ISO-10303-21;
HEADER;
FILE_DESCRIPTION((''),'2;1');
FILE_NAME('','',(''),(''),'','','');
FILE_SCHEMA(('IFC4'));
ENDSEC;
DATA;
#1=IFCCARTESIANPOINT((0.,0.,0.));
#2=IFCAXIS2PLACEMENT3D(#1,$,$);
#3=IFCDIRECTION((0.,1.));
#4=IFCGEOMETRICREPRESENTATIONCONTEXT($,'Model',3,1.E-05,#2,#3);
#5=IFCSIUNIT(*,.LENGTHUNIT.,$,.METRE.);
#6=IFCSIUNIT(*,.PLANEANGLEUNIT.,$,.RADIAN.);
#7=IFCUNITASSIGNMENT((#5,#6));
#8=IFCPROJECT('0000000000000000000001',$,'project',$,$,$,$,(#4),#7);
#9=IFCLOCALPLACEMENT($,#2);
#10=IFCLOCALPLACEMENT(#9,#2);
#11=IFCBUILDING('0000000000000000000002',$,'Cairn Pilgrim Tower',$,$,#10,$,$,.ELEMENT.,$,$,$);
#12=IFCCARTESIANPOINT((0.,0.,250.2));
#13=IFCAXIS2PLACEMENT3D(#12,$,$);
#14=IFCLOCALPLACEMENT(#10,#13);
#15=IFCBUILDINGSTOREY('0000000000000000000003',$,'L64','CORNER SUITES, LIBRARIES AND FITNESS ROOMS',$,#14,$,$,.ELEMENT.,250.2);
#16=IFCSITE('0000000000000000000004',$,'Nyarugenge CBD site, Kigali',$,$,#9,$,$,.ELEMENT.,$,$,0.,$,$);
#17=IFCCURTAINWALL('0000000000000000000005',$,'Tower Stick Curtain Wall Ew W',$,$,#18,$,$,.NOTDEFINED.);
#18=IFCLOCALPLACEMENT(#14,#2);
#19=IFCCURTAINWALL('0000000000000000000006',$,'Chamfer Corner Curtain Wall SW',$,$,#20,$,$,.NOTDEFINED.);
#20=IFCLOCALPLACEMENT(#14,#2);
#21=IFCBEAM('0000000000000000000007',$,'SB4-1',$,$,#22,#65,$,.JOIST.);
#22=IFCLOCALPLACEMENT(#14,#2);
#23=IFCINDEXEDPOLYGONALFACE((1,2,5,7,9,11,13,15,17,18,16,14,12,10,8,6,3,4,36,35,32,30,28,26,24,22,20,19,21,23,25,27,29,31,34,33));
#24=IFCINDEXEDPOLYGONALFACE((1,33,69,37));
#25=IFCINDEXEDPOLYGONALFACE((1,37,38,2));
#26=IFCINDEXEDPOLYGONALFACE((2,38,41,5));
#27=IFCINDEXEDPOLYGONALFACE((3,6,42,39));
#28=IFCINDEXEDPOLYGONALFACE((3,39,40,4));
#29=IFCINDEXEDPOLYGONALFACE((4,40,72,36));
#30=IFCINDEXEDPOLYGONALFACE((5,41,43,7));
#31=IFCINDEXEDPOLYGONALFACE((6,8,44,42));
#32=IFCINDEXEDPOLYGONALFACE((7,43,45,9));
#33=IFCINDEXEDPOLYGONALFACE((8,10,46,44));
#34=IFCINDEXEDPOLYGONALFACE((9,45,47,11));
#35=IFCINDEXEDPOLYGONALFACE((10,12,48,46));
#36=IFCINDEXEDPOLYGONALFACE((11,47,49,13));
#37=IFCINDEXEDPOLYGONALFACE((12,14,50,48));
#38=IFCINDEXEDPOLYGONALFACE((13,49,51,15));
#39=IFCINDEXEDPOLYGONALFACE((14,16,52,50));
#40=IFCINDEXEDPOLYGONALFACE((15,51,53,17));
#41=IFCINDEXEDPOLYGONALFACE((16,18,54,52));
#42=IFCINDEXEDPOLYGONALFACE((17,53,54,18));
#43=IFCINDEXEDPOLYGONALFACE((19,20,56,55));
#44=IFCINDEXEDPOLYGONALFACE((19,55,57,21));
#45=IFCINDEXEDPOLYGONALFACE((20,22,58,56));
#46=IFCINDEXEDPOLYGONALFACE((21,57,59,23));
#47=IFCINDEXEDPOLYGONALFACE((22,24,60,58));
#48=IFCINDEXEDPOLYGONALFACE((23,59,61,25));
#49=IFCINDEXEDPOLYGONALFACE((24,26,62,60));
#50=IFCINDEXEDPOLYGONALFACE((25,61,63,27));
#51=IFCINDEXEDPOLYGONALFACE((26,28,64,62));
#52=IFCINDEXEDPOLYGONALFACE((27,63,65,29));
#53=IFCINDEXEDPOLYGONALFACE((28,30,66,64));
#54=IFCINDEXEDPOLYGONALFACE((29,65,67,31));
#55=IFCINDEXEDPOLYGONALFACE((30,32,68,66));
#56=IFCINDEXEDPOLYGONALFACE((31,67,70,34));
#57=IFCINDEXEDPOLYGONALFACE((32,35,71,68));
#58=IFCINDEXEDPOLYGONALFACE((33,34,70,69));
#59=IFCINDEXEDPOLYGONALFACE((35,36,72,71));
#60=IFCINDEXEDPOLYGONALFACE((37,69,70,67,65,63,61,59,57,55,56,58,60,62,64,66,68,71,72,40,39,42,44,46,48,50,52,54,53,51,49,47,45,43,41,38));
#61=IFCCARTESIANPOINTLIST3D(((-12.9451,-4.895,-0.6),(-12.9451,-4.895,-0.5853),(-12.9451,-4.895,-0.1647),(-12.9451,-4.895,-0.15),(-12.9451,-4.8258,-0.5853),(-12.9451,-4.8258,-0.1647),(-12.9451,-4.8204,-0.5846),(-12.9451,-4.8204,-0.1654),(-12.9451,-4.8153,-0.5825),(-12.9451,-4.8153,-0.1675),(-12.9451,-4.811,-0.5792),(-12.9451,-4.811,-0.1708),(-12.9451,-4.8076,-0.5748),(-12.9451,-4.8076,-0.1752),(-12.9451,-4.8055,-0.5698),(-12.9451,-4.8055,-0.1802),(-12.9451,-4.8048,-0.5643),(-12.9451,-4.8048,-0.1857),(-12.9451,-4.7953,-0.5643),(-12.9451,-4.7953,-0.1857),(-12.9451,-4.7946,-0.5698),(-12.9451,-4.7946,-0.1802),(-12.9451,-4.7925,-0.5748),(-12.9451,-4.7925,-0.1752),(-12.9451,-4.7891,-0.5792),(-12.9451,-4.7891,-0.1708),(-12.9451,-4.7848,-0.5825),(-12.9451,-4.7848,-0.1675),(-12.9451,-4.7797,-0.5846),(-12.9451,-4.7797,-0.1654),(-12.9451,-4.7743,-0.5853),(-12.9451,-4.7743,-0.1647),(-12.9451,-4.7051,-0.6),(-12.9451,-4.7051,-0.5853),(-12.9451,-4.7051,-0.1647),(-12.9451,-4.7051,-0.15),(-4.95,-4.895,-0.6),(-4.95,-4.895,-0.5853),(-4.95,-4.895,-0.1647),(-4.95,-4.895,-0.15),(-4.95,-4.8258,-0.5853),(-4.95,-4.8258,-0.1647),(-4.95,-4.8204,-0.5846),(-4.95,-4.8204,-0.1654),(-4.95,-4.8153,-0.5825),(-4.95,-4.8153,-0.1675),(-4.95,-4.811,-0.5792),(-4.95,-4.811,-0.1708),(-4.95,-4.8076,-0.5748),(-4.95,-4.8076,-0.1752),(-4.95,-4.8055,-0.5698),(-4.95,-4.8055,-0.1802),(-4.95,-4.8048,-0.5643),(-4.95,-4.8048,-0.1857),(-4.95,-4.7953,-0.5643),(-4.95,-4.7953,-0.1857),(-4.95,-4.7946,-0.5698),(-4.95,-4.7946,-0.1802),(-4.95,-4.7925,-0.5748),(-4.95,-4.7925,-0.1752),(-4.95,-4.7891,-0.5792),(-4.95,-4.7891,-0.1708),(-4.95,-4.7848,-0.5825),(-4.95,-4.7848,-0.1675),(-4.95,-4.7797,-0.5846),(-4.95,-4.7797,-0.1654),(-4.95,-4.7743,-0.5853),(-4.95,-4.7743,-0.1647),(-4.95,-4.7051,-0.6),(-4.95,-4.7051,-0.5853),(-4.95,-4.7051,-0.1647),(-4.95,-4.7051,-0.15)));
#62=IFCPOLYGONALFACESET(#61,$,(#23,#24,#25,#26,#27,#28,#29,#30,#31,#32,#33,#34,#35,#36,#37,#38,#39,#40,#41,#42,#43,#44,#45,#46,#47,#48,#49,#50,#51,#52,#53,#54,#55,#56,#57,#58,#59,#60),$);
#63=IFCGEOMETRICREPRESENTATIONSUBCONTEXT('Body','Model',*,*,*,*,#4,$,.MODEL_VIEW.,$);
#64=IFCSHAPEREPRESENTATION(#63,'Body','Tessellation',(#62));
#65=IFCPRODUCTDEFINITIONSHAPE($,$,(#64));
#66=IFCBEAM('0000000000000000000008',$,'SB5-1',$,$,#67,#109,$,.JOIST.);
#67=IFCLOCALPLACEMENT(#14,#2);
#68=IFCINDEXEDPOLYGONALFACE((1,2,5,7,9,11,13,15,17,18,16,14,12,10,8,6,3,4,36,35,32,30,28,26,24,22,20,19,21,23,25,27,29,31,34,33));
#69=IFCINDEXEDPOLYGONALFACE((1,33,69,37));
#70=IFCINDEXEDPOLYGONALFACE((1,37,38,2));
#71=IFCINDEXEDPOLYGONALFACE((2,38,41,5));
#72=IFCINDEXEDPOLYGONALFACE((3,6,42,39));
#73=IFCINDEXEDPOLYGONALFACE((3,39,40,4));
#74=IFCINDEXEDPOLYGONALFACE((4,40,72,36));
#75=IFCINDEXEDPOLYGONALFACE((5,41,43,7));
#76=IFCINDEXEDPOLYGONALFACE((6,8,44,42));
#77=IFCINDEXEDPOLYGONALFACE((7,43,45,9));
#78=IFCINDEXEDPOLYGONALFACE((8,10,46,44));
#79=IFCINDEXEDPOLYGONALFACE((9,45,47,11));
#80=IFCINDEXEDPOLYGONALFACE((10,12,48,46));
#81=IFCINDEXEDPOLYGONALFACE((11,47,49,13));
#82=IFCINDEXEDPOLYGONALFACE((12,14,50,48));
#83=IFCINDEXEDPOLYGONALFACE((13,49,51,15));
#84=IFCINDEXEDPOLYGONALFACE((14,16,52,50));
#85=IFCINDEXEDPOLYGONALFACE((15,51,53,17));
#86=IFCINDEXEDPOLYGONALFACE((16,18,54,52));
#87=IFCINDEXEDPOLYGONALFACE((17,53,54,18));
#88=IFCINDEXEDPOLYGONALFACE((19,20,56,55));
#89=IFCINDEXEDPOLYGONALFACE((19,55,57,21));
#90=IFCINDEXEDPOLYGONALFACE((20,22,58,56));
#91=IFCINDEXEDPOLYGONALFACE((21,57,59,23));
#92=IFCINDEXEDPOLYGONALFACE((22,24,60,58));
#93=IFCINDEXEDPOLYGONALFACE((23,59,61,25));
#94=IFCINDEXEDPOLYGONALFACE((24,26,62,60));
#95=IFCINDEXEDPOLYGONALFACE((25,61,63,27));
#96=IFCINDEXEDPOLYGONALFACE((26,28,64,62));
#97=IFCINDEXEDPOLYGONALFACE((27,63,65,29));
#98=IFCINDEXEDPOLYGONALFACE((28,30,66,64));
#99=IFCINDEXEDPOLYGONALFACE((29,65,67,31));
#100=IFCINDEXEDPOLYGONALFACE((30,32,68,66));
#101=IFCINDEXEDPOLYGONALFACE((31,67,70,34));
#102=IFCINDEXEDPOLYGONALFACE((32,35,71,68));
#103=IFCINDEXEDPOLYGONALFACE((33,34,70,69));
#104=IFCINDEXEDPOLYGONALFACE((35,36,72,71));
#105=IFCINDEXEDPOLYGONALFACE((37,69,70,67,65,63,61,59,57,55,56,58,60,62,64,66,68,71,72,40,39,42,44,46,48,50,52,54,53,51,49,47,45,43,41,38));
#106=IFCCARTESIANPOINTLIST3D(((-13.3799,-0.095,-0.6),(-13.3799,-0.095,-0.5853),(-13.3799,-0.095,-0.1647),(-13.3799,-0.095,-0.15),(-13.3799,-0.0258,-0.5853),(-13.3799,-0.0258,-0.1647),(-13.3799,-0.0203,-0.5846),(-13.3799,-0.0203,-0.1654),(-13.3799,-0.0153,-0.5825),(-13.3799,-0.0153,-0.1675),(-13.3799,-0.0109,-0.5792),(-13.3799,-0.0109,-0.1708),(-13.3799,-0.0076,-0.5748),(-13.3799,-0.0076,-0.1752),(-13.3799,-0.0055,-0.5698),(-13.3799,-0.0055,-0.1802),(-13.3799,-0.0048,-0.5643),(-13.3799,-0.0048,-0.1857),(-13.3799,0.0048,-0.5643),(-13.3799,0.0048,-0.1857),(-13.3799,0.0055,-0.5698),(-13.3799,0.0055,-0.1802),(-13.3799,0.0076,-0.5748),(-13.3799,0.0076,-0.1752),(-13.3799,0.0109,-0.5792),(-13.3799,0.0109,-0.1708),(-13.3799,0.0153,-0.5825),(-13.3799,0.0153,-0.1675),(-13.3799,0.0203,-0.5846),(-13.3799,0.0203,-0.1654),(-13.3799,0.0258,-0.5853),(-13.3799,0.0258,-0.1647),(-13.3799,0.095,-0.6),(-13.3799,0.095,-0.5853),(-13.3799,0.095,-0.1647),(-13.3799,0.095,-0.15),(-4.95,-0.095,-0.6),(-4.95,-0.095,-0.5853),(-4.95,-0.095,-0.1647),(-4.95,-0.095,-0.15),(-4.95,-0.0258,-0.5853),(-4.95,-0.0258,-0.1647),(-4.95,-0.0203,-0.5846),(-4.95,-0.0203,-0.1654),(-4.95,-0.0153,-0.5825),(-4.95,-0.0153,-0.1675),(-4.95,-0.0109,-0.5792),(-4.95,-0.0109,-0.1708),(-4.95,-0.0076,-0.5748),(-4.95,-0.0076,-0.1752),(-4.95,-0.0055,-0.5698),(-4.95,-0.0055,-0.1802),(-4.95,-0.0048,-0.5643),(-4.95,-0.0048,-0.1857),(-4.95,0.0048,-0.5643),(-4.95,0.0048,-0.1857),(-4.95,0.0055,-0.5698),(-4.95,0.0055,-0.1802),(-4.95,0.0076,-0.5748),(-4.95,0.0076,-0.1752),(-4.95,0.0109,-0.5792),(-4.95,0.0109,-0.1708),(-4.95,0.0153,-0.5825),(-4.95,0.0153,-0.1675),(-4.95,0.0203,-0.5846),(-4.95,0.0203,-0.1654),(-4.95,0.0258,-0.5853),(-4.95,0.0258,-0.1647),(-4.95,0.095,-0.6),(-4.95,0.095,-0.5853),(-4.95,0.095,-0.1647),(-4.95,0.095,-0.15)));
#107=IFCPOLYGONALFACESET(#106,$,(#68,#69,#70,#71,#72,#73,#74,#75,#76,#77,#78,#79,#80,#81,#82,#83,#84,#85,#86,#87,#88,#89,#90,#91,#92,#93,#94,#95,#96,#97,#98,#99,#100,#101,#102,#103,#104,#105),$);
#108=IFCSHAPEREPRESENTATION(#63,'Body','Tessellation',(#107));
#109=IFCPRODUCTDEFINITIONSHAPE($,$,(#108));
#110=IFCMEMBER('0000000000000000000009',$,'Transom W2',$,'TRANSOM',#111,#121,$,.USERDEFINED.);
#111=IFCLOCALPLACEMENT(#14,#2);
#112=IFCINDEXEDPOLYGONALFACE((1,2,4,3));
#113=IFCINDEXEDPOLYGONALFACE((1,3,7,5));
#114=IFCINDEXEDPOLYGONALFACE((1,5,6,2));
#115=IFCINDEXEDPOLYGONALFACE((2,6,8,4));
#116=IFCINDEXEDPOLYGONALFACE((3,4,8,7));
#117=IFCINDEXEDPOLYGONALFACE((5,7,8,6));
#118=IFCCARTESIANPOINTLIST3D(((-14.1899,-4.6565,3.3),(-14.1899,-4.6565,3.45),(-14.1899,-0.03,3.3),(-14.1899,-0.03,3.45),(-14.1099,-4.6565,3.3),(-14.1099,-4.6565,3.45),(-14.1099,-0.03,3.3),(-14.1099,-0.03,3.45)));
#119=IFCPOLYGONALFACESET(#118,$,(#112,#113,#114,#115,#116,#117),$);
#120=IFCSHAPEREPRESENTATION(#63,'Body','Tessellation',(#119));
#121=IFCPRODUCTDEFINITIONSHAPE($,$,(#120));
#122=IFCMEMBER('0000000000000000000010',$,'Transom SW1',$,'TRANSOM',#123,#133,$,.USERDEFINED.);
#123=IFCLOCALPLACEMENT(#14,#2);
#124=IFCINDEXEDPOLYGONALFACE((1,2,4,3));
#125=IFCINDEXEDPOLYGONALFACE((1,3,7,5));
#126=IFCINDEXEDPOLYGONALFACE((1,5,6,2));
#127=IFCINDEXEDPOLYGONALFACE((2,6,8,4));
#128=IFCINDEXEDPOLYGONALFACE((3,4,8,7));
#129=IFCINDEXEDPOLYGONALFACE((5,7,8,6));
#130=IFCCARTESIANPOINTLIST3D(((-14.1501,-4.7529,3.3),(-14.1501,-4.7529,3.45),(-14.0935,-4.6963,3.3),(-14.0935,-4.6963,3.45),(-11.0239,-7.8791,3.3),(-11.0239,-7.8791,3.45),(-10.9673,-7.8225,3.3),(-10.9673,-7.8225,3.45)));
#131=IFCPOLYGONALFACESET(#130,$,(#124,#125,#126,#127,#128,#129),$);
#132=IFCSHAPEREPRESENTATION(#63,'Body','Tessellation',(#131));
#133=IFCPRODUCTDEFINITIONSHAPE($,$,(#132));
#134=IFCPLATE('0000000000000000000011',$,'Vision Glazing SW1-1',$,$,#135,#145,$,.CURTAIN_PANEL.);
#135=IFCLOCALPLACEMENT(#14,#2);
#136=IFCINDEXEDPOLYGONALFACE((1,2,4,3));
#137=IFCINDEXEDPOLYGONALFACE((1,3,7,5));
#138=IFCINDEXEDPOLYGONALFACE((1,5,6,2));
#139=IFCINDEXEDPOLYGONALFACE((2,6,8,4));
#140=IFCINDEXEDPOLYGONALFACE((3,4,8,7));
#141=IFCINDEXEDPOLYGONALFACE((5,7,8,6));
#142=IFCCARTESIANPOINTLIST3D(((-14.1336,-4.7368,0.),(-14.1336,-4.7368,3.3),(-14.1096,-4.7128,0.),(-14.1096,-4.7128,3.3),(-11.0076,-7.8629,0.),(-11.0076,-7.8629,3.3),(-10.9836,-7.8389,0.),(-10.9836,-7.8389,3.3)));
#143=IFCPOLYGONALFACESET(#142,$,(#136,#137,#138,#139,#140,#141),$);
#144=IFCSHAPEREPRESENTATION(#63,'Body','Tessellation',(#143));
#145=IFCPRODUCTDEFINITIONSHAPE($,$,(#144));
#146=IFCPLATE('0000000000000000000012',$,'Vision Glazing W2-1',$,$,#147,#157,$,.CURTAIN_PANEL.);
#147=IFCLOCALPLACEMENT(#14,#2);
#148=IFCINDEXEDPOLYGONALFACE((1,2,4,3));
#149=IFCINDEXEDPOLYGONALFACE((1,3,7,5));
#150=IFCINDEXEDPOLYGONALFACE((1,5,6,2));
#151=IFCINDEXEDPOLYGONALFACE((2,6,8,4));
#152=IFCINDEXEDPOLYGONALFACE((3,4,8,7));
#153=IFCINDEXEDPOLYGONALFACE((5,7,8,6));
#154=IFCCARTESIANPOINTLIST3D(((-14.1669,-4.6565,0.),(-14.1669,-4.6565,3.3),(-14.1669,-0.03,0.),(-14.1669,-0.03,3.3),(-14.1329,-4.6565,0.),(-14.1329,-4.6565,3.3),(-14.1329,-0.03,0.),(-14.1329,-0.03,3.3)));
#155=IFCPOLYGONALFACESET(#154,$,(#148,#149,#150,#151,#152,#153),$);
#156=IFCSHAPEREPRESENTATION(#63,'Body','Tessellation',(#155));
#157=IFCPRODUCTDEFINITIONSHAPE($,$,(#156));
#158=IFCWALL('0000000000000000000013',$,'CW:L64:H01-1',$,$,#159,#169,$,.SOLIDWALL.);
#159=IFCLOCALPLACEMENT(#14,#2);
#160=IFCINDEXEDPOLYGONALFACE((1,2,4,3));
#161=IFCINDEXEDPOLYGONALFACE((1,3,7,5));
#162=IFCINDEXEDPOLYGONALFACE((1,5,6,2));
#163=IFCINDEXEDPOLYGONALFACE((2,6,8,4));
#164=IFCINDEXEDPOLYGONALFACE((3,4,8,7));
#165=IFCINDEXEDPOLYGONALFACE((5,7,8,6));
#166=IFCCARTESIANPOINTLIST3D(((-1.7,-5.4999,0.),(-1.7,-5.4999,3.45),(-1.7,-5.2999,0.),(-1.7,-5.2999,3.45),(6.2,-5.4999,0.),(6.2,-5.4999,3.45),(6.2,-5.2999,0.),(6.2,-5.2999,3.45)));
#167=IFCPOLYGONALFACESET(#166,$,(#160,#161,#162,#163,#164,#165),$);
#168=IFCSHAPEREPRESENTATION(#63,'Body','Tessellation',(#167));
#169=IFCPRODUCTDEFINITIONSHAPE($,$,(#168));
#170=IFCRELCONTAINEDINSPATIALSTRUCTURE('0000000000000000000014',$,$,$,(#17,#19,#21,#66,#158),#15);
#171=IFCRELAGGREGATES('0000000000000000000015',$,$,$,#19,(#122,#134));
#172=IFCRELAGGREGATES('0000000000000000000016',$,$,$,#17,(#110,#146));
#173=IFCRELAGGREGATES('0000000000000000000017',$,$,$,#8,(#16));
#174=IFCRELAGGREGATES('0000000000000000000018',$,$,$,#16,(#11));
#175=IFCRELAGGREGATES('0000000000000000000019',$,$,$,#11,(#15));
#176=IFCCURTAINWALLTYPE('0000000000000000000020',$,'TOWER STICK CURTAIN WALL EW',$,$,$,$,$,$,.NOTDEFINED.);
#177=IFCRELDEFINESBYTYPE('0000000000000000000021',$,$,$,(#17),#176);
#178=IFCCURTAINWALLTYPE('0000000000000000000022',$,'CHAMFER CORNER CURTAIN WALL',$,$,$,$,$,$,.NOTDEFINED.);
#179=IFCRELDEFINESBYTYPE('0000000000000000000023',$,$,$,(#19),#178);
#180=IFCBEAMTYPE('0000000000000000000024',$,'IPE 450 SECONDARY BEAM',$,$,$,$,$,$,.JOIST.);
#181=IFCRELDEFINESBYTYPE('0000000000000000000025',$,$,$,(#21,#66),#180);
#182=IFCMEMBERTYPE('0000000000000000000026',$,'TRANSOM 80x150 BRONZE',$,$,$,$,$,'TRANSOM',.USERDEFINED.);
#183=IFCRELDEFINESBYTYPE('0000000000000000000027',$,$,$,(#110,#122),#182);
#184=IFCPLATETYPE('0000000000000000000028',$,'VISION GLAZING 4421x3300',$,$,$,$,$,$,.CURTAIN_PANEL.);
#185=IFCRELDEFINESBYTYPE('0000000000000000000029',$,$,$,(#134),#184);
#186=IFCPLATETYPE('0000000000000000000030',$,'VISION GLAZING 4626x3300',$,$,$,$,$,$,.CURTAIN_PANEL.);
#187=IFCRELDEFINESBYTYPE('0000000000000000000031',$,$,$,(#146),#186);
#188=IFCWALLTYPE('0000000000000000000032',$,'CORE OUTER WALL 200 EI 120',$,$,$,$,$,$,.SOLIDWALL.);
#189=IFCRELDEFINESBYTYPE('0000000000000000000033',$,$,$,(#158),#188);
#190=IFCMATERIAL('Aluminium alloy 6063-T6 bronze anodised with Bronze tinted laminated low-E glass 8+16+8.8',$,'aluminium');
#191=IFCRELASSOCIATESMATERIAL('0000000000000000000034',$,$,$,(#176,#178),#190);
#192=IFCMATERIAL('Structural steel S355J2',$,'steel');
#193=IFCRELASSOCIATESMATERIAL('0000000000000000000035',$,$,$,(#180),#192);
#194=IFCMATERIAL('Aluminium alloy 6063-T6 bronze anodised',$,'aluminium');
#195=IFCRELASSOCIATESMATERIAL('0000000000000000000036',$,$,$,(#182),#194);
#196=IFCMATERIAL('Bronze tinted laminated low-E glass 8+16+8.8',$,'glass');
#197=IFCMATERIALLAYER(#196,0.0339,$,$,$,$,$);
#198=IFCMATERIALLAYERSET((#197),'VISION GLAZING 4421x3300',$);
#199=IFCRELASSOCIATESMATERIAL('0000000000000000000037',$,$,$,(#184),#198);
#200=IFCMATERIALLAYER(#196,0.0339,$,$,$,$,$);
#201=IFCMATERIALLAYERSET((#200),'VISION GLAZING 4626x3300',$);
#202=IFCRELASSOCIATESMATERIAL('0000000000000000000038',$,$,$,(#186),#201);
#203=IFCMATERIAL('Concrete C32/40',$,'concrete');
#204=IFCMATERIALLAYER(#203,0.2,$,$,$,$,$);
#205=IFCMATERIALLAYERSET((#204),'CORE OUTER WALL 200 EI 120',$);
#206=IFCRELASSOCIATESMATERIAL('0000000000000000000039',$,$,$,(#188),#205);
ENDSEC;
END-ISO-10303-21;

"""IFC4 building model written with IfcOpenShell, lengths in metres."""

from ifc_helpers import new_model, si_unit, direction, frame, frame_2d, origin, origin_2d, place, context, subcontext, project, spatial, rectangle, i_section, extrude, material, layer, layer_set, material_profile, profile_set, type_object, element, aggregate, save


model = new_model("IFC4")

# Units and contexts
model_context = context("Model", 3, precision=1e-05, world=origin(), true_north=direction((0.0, 1.0)))
body_context = subcontext(model_context, "Body", "Model", "MODEL_VIEW")
ifc_project = project(units=[si_unit("LENGTHUNIT", "METRE"), si_unit("PLANEANGLEUNIT", "RADIAN")], contexts=[model_context])

# Site, building, storey
site_placement = place(None, origin())
site = spatial("IfcSite", under=ifc_project, at=site_placement, Name="Nyarugenge CBD site, Kigali", CompositionType="ELEMENT", RefElevation=0.0)
building_placement = place(site_placement, origin())
building = spatial("IfcBuilding", under=site, at=building_placement, Name="Cairn Pilgrim Tower", CompositionType="ELEMENT")
storey_placement = place(building_placement, frame((0.0, 0.0, 250.2)))
storey = spatial("IfcBuildingStorey", under=building, at=storey_placement, Name="L64", Description="CORNER SUITES, LIBRARIES AND FITNESS ROOMS", CompositionType="ELEMENT", Elevation=250.2)

# Shared definitions
ifc_material_1 = material(Name="Structural steel S355J2", Category="steel")

# Curtain wall
ifc_material_2 = material(Name="Aluminium alloy 6063-T6 bronze anodised with Bronze tinted laminated low-E glass 8+16+8.8", Category="aluminium")
curtain_wall_type_1 = type_object("IfcCurtainWallType", Name="TOWER STICK CURTAIN WALL EW", PredefinedType="NOTDEFINED", material=ifc_material_2)
curtain_wall_1_placement = place(storey_placement, origin())
curtain_wall_1 = element("IfcCurtainWall", 1, at=curtain_wall_1_placement, inside=storey, type_object=curtain_wall_type_1, Name="Tower Stick Curtain Wall Ew W", PredefinedType="NOTDEFINED")
ifc_material_3 = material(Name="Aluminium alloy 6063-T6 bronze anodised", Category="aluminium")

# Curtain wall
curtain_wall_type_2 = type_object("IfcCurtainWallType", Name="CHAMFER CORNER CURTAIN WALL", PredefinedType="NOTDEFINED", material=ifc_material_2)
curtain_wall_2_placement = place(storey_placement, origin())
curtain_wall_2 = element("IfcCurtainWall", 2, at=curtain_wall_2_placement, inside=storey, type_object=curtain_wall_type_2, Name="Chamfer Corner Curtain Wall SW", PredefinedType="NOTDEFINED")

# Beams
ifc_material_profile_1 = material_profile(ifc_material_1, i_section(OverallWidth=0.1899, OverallDepth=0.45, WebThickness=0.0095, FlangeThickness=0.0146, FilletRadius=0.021, at=origin_2d()), Name="IPE 450")
ifc_profile_set_1 = profile_set([ifc_material_profile_1], Name="Structural steel S355J2")
beam_type_1 = type_object("IfcBeamType", Name="IPE 450 SECONDARY BEAM", PredefinedType="JOIST", material=ifc_profile_set_1)
beam_1_placement = place(storey_placement, frame((-12.9451, -4.8, -0.375), z_axis=(1.0, 0.0, 0.0), x_axis=(0.0, 1.0, 0.0)))
element("IfcBeam", 3, at=beam_1_placement, inside=storey, type_object=beam_type_1, Name="SB4-1", PredefinedType="JOIST", context=body_context, shape_type="SweptSolid", body=[
    extrude(i_section(OverallWidth=0.1899, OverallDepth=0.45, WebThickness=0.0095, FlangeThickness=0.0146, FilletRadius=0.021, at=origin_2d()), origin(), (0.0, 0.0, 1.0), 7.9951),
])
beam_2_placement = place(storey_placement, frame((-13.3799, 0.0, -0.375), z_axis=(1.0, 0.0, 0.0), x_axis=(0.0, 1.0, 0.0)))
element("IfcBeam", 4, at=beam_2_placement, inside=storey, type_object=beam_type_1, Name="SB5-1", PredefinedType="JOIST", context=body_context, shape_type="SweptSolid", body=[
    extrude(i_section(OverallWidth=0.1899, OverallDepth=0.45, WebThickness=0.0095, FlangeThickness=0.0146, FilletRadius=0.021, at=origin_2d()), origin(), (0.0, 0.0, 1.0), 8.4299),
])

# Members
ifc_material_profile_2 = material_profile(ifc_material_3, rectangle(XDim=0.0801, YDim=0.1499, at=origin_2d()), Name="TRANSOM 80x150 BRONZE")
ifc_profile_set_2 = profile_set([ifc_material_profile_2], Name="Aluminium alloy 6063-T6 bronze anodised")
member_type_1 = type_object("IfcMemberType", Name="TRANSOM 80x150 BRONZE", ElementType="TRANSOM", PredefinedType="USERDEFINED", material=ifc_profile_set_2)
member_1_placement = place(storey_placement, frame((-14.1499, -0.03, 3.375), z_axis=(0.0, -1.0, 0.0), x_axis=(1.0, 0.0, 0.0)))
member_1 = element("IfcMember", 5, at=member_1_placement, type_object=member_type_1, Name="Transom W2", ObjectType="TRANSOM", PredefinedType="USERDEFINED", context=body_context, shape_type="SweptSolid", body=[
    extrude(rectangle(XDim=0.0801, YDim=0.1499, at=origin_2d()), origin(), (0.0, 0.0, 1.0), 4.6265),
])
member_2_placement = place(storey_placement, frame((-14.1218, -4.7246, 3.375), z_axis=(0.707107, -0.707107, 0.0), x_axis=(0.707107, 0.707107, 0.0)))
member_2 = element("IfcMember", 6, at=member_2_placement, type_object=member_type_1, Name="Transom SW1", ObjectType="TRANSOM", PredefinedType="USERDEFINED", context=body_context, shape_type="SweptSolid", body=[
    extrude(rectangle(XDim=0.0801, YDim=0.1499, at=origin_2d()), origin(), (0.0, 0.0, 1.0), 4.4211),
])

# Plates
ifc_material_4 = material(Name="Bronze tinted laminated low-E glass 8+16+8.8", Category="glass")
ifc_layer_1 = layer(ifc_material_4, 0.0339)
ifc_layer_set_1 = layer_set([ifc_layer_1], Name="VISION GLAZING 4421x3300")
plate_type_1 = type_object("IfcPlateType", Name="VISION GLAZING 4421x3300", PredefinedType="CURTAIN_PANEL", material=ifc_layer_set_1)
plate_1_placement = place(storey_placement, frame((-12.5586, -6.2878, 0.0), z_axis=(0.0, 0.0, 1.0), x_axis=(0.707107, -0.707107, 0.0)))
plate_1 = element("IfcPlate", 7, at=plate_1_placement, type_object=plate_type_1, Name="Vision Glazing SW1-1", PredefinedType="CURTAIN_PANEL", context=body_context, shape_type="SweptSolid", body=[
    extrude(rectangle(XDim=4.4209, YDim=0.0339, at=origin_2d()), origin(), (0.0, 0.0, 1.0), 3.3),
])
aggregate(curtain_wall_2, [member_2, plate_1])
ifc_layer_2 = layer(ifc_material_4, 0.0339)
ifc_layer_set_2 = layer_set([ifc_layer_2], Name="VISION GLAZING 4626x3300")
plate_type_2 = type_object("IfcPlateType", Name="VISION GLAZING 4626x3300", PredefinedType="CURTAIN_PANEL", material=ifc_layer_set_2)
plate_2_placement = place(storey_placement, frame((-14.1499, -2.3433, 0.0), z_axis=(0.0, 0.0, 1.0), x_axis=(0.0, -1.0, 0.0)))
plate_2 = element("IfcPlate", 8, at=plate_2_placement, type_object=plate_type_2, Name="Vision Glazing W2-1", PredefinedType="CURTAIN_PANEL", context=body_context, shape_type="SweptSolid", body=[
    extrude(rectangle(XDim=4.6265, YDim=0.0339, at=origin_2d()), origin(), (0.0, 0.0, 1.0), 3.3),
])
aggregate(curtain_wall_1, [member_1, plate_2])

# Wall
ifc_material_5 = material(Name="Concrete C32/40", Category="concrete")
ifc_layer_3 = layer(ifc_material_5, 0.2)
ifc_layer_set_3 = layer_set([ifc_layer_3], Name="CORE OUTER WALL 200 EI 120")
wall_type_1 = type_object("IfcWallType", Name="CORE OUTER WALL 200 EI 120", PredefinedType="SOLIDWALL", material=ifc_layer_set_3)
wall_1_placement = place(storey_placement, frame((-1.7, -5.3999, 0.0), z_axis=(0.0, 0.0, 1.0), x_axis=(1.0, 0.0, 0.0)))
element("IfcWall", 9, at=wall_1_placement, inside=storey, type_object=wall_type_1, Name="CW:L64:H01-1", PredefinedType="SOLIDWALL", context=body_context, shape_type="SweptSolid", body=[
    extrude(rectangle(XDim=7.8999, YDim=0.2, at=frame_2d((3.95, 0.0))), origin(), (0.0, 0.0, 1.0), 3.45),
])

save(model, "model.ifc")
